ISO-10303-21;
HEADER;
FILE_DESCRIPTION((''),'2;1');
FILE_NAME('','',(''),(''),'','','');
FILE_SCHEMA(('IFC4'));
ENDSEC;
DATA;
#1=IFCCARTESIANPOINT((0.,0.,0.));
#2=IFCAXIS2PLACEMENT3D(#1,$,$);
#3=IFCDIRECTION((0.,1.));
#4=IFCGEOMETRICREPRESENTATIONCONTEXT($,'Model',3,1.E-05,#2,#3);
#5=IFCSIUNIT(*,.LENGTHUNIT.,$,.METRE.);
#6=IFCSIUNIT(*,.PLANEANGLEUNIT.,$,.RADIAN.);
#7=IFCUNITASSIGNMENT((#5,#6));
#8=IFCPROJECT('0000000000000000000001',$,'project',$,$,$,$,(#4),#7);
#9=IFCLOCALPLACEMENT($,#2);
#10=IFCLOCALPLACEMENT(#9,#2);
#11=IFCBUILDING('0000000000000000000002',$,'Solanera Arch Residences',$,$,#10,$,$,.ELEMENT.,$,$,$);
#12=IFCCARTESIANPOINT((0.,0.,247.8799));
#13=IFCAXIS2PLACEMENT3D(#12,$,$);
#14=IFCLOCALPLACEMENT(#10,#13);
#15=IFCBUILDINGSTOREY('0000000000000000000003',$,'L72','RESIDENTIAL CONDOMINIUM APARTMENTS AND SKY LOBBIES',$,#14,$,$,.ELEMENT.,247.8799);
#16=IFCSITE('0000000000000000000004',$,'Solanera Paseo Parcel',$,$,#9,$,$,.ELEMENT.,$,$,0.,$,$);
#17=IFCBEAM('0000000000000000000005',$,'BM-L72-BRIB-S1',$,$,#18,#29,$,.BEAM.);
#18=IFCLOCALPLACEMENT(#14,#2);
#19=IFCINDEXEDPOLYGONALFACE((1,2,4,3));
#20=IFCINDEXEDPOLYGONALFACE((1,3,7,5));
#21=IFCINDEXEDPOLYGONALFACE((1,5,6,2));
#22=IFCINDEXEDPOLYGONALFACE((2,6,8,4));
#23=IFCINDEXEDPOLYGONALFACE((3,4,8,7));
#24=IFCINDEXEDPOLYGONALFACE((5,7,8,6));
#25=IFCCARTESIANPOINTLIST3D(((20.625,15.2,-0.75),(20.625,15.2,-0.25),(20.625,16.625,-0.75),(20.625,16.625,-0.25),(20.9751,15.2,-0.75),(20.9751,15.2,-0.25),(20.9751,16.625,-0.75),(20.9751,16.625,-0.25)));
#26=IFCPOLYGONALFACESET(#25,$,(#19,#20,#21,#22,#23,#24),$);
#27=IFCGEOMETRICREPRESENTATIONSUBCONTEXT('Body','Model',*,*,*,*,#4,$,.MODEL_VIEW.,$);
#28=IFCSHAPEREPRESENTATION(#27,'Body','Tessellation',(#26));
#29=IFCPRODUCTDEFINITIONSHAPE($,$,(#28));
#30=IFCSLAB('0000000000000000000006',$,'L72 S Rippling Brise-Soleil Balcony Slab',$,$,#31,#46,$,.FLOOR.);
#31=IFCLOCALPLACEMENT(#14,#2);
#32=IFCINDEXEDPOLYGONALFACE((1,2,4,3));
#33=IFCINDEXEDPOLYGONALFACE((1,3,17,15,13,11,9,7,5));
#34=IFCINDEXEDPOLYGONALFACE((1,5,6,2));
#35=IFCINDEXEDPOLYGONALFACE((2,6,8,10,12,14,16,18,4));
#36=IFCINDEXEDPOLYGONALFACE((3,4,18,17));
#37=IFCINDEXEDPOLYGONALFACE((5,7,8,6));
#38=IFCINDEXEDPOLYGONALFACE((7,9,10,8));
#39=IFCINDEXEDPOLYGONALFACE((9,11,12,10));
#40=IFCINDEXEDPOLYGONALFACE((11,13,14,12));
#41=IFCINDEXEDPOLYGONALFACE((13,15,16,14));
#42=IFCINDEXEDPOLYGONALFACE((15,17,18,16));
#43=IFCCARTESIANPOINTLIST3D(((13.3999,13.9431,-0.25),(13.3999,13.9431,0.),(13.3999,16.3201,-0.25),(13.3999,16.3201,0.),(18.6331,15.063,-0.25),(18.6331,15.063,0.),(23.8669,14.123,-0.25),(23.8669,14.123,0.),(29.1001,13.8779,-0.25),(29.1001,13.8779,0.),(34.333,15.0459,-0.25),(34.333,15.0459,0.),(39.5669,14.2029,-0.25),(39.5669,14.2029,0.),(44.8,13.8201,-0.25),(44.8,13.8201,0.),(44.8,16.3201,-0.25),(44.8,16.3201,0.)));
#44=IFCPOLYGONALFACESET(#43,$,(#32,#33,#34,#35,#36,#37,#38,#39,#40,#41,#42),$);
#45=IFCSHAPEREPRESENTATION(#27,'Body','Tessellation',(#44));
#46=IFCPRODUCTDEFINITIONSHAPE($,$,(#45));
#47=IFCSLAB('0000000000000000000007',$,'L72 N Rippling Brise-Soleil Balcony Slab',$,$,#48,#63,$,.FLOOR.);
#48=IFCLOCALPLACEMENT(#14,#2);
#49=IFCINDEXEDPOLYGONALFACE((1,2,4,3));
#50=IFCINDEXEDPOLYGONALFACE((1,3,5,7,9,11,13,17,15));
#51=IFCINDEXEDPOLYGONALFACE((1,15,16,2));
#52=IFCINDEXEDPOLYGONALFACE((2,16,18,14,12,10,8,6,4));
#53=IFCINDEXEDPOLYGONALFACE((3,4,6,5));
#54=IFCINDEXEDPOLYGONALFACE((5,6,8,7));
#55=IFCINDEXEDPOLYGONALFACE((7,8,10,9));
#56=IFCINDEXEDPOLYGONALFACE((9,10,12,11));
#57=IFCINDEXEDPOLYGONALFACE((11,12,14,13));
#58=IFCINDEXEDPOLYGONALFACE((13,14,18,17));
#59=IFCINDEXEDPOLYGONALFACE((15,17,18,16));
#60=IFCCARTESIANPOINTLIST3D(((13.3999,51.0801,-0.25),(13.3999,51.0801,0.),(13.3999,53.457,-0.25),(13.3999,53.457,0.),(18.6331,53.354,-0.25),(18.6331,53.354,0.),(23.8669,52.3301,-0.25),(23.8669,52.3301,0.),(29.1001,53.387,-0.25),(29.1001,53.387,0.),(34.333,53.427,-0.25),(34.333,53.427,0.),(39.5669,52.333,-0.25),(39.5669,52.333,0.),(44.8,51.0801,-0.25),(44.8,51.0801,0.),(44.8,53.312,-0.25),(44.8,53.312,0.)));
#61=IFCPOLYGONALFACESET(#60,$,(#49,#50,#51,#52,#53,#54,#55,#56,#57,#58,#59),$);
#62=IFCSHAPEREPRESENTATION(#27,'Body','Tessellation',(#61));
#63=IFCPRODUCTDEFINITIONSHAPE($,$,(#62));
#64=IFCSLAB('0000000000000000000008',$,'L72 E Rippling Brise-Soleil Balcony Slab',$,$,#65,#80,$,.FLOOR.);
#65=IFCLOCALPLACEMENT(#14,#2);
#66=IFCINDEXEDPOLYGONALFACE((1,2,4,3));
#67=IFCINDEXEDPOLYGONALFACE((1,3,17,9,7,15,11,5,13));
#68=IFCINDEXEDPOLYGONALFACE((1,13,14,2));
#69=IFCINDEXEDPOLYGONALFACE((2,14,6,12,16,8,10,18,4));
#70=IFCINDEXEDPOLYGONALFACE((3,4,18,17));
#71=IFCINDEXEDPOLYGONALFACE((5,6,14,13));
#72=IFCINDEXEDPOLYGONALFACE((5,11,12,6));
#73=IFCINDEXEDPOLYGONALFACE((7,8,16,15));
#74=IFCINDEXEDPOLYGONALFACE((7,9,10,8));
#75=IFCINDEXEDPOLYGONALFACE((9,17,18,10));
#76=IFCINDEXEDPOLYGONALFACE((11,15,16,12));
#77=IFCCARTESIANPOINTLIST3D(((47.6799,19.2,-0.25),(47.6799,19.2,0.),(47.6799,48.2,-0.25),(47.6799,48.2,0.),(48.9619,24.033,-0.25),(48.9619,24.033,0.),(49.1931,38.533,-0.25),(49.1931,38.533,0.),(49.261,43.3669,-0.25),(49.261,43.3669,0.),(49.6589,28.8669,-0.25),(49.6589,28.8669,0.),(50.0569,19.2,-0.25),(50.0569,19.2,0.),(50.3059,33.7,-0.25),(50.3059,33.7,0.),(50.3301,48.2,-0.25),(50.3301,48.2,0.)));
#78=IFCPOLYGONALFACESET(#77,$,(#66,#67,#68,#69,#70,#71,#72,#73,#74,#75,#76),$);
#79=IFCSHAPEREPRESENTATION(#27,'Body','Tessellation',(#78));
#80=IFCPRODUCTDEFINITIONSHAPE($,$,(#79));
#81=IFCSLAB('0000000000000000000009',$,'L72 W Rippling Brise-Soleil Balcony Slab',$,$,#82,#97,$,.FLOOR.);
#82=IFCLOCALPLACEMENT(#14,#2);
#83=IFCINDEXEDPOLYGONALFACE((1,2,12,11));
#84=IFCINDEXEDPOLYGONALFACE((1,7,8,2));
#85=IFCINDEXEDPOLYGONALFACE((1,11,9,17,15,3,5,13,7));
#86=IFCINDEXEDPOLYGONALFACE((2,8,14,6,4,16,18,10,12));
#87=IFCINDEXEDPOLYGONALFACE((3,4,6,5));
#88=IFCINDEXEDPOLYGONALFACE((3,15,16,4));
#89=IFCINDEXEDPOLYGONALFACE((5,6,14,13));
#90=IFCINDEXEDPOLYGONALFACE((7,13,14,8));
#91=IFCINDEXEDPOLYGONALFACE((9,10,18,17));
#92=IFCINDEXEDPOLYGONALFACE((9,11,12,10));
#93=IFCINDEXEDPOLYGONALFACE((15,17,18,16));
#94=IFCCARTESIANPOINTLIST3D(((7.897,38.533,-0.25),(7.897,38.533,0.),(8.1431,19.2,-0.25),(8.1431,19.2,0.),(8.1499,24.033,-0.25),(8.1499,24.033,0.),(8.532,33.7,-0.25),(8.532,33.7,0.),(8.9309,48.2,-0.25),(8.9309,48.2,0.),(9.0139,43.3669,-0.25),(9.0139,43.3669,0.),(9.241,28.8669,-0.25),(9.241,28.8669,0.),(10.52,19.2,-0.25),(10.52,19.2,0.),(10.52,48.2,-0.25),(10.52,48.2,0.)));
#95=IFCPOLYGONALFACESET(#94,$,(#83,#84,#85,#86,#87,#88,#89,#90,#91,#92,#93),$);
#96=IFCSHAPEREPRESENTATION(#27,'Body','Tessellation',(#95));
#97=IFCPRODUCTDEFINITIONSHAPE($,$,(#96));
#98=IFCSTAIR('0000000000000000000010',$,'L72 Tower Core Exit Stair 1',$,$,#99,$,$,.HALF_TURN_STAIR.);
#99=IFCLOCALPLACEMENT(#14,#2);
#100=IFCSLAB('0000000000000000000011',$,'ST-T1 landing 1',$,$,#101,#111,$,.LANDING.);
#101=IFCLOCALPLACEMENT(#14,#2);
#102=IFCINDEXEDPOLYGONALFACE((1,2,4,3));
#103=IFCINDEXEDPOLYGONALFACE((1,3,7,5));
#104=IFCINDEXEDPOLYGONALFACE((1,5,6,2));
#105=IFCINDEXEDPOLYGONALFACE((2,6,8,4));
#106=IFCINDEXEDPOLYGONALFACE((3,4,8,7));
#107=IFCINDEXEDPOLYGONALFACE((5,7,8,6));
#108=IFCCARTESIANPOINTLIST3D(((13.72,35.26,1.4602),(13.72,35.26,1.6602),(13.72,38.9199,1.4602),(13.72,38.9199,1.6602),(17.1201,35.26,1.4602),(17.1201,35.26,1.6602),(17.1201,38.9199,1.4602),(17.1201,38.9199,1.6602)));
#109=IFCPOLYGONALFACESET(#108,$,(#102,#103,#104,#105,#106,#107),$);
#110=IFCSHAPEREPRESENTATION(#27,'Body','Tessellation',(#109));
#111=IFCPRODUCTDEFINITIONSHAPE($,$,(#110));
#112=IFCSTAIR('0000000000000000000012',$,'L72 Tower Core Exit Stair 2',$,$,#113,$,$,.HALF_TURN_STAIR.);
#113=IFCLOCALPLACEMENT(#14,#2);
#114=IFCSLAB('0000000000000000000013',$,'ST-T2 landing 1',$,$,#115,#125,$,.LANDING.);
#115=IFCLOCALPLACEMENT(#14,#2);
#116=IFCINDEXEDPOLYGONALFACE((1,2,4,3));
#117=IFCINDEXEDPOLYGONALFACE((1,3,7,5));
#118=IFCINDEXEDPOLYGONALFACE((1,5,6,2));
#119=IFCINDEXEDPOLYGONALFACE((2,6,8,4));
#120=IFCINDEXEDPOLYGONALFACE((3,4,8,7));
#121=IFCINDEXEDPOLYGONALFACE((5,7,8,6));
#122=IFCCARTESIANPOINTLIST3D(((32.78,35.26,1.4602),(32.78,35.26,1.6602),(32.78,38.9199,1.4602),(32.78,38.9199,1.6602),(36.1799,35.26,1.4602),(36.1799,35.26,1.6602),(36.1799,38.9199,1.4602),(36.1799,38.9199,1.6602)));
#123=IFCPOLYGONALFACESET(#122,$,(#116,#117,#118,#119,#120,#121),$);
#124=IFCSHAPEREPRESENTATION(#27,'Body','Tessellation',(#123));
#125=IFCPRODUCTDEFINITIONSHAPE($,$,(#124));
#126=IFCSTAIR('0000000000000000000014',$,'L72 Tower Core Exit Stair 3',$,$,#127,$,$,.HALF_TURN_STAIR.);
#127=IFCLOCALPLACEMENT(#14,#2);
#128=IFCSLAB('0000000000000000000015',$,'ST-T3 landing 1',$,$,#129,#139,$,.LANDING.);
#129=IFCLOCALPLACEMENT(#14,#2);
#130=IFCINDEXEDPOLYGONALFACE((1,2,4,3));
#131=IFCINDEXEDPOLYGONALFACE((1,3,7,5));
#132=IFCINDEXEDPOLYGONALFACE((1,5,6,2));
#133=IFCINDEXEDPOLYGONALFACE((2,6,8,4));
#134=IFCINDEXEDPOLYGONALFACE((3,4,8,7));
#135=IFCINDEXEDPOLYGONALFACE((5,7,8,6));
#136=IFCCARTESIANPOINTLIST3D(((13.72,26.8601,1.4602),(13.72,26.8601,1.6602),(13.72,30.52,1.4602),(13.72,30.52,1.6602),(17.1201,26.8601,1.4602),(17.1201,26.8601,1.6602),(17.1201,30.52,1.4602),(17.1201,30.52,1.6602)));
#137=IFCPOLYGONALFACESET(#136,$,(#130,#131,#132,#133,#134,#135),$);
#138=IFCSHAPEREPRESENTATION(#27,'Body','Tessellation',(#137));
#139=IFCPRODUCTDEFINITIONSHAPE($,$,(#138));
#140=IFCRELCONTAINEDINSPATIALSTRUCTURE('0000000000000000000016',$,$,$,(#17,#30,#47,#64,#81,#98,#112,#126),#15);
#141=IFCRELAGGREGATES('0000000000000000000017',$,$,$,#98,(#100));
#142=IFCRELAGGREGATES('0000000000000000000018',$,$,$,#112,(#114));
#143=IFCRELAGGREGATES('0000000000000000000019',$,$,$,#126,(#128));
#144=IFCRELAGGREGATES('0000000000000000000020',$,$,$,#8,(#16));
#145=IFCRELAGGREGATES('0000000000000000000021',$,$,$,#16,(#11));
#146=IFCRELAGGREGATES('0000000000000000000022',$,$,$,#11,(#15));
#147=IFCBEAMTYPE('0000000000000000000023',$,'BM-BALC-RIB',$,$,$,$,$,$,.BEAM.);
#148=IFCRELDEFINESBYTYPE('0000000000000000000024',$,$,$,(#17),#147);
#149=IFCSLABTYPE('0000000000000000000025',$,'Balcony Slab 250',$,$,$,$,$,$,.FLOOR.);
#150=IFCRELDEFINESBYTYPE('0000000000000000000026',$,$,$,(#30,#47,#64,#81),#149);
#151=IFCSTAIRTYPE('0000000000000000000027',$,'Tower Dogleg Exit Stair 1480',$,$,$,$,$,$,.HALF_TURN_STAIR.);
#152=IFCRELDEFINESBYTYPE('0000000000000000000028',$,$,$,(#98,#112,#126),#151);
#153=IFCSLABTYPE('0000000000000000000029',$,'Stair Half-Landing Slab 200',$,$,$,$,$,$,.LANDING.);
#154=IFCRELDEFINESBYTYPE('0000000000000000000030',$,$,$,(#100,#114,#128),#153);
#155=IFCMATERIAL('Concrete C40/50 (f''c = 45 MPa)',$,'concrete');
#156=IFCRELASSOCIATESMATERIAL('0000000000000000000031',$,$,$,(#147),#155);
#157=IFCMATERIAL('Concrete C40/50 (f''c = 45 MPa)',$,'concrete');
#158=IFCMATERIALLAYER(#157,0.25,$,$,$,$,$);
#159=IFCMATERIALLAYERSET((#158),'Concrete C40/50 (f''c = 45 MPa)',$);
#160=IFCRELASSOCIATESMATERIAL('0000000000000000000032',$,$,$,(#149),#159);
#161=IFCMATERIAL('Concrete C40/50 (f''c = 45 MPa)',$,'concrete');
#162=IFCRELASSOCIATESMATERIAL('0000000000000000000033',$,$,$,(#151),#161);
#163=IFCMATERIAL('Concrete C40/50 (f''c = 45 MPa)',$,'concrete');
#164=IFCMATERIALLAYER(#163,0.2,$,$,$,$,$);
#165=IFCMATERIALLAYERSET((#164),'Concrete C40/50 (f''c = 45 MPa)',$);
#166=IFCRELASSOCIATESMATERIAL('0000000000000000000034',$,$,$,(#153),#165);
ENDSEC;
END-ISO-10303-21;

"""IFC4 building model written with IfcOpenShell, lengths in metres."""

from ifc_helpers import new_model, si_unit, direction, frame, origin, origin_2d, place, context, subcontext, project, spatial, polyline, rectangle, outline, extrude, material, layer, layer_set, material_profile, profile_set, type_object, element, aggregate, save


model = new_model("IFC4")

# Units and contexts
model_context = context("Model", 3, precision=1e-05, world=origin(), true_north=direction((0.0, 1.0)))
body_context = subcontext(model_context, "Body", "Model", "MODEL_VIEW")
ifc_project = project(units=[si_unit("LENGTHUNIT", "METRE"), si_unit("PLANEANGLEUNIT", "RADIAN")], contexts=[model_context])

# Site, building, storey
site_placement = place(None, origin())
site = spatial("IfcSite", under=ifc_project, at=site_placement, Name="Solanera Paseo Parcel", CompositionType="ELEMENT", RefElevation=0.0)
building_placement = place(site_placement, origin())
building = spatial("IfcBuilding", under=site, at=building_placement, Name="Solanera Arch Residences", CompositionType="ELEMENT")
storey_placement = place(building_placement, frame((0.0, 0.0, 247.8799)))
storey = spatial("IfcBuildingStorey", under=building, at=storey_placement, Name="L72", Description="RESIDENTIAL CONDOMINIUM APARTMENTS AND SKY LOBBIES", CompositionType="ELEMENT", Elevation=247.8799)

# Beam
ifc_material_1 = material(Name="Concrete C40/50 (f'c = 45 MPa)", Category="concrete")
ifc_material_profile = material_profile(ifc_material_1, rectangle(XDim=0.3501, YDim=0.5, at=origin_2d()))
ifc_profile_set = profile_set([ifc_material_profile], Name="Concrete C40/50 (f'c = 45 MPa)")
beam_type = type_object("IfcBeamType", Name="BM-BALC-RIB", PredefinedType="BEAM", material=ifc_profile_set)
beam_placement = place(storey_placement, frame((20.8, 15.2, -0.5), z_axis=(0.0, 1.0, 0.0), x_axis=(-1.0, 0.0, 0.0)))
element("IfcBeam", 1, at=beam_placement, inside=storey, type_object=beam_type, Name="BM-L72-BRIB-S1", PredefinedType="BEAM", context=body_context, shape_type="SweptSolid", body=[
    extrude(rectangle(XDim=0.3501, YDim=0.5, at=origin_2d()), origin(), (0.0, 0.0, 1.0), 1.425),
])

# Slabs
ifc_material_2 = material(Name="Concrete C40/50 (f'c = 45 MPa)", Category="concrete")
ifc_layer_1 = layer(ifc_material_2, 0.25)
ifc_layer_set_1 = layer_set([ifc_layer_1], Name="Concrete C40/50 (f'c = 45 MPa)")
slab_type_1 = type_object("IfcSlabType", Name="Balcony Slab 250", PredefinedType="FLOOR", material=ifc_layer_set_1)
slab_1_placement = place(storey_placement, frame((0.0, 0.0, -0.25)))
element("IfcSlab", 2, at=slab_1_placement, inside=storey, type_object=slab_type_1, Name="L72 S Rippling Brise-Soleil Balcony Slab", PredefinedType="FLOOR", context=body_context, shape_type="SweptSolid", body=[
    extrude(outline(polyline([(13.3999, 13.9431), (18.6331, 15.063), (23.8669, 14.123), (29.1001, 13.8779), (34.333, 15.0459), (39.5669, 14.2029), (44.8, 13.8201), (44.8, 16.3201), (13.3999, 16.3201), (13.3999, 13.9431)])), origin(), (0.0, 0.0, 1.0), 0.25),
])
slab_2_placement = place(storey_placement, frame((0.0, 0.0, -0.25)))
element("IfcSlab", 3, at=slab_2_placement, inside=storey, type_object=slab_type_1, Name="L72 N Rippling Brise-Soleil Balcony Slab", PredefinedType="FLOOR", context=body_context, shape_type="SweptSolid", body=[
    extrude(outline(polyline([(44.8, 53.312), (39.5669, 52.333), (34.333, 53.427), (29.1001, 53.387), (23.8669, 52.3301), (18.6331, 53.354), (13.3999, 53.457), (13.3999, 51.0801), (44.8, 51.0801), (44.8, 53.312)])), origin(), (0.0, 0.0, 1.0), 0.25),
])
slab_3_placement = place(storey_placement, frame((0.0, 0.0, -0.25)))
element("IfcSlab", 4, at=slab_3_placement, inside=storey, type_object=slab_type_1, Name="L72 E Rippling Brise-Soleil Balcony Slab", PredefinedType="FLOOR", context=body_context, shape_type="SweptSolid", body=[
    extrude(outline(polyline([(50.0569, 19.2), (48.9619, 24.033), (49.6589, 28.8669), (50.3059, 33.7), (49.1931, 38.533), (49.261, 43.3669), (50.3301, 48.2), (47.6799, 48.2), (47.6799, 19.2), (50.0569, 19.2)])), origin(), (0.0, 0.0, 1.0), 0.25),
])
slab_4_placement = place(storey_placement, frame((0.0, 0.0, -0.25)))
element("IfcSlab", 5, at=slab_4_placement, inside=storey, type_object=slab_type_1, Name="L72 W Rippling Brise-Soleil Balcony Slab", PredefinedType="FLOOR", context=body_context, shape_type="SweptSolid", body=[
    extrude(outline(polyline([(8.9309, 48.2), (9.0139, 43.3669), (7.897, 38.533), (8.532, 33.7), (9.241, 28.8669), (8.1499, 24.033), (8.1431, 19.2), (10.52, 19.2), (10.52, 48.2), (8.9309, 48.2)])), origin(), (0.0, 0.0, 1.0), 0.25),
])

# Stairs, slabs
ifc_material_3 = material(Name="Concrete C40/50 (f'c = 45 MPa)", Category="concrete")
stair_type = type_object("IfcStairType", Name="Tower Dogleg Exit Stair 1480", PredefinedType="HALF_TURN_STAIR", material=ifc_material_3)
stair_1_placement = place(storey_placement, origin())
stair_1 = element("IfcStair", 6, at=stair_1_placement, inside=storey, type_object=stair_type, Name="L72 Tower Core Exit Stair 1", PredefinedType="HALF_TURN_STAIR")
ifc_material_4 = material(Name="Concrete C40/50 (f'c = 45 MPa)", Category="concrete")
ifc_layer_2 = layer(ifc_material_4, 0.2)
ifc_layer_set_2 = layer_set([ifc_layer_2], Name="Concrete C40/50 (f'c = 45 MPa)")
slab_type_2 = type_object("IfcSlabType", Name="Stair Half-Landing Slab 200", PredefinedType="LANDING", material=ifc_layer_set_2)
slab_5_placement = place(storey_placement, frame((0.0, 0.0, 1.4602)))
slab_5 = element("IfcSlab", 7, at=slab_5_placement, type_object=slab_type_2, Name="ST-T1 landing 1", PredefinedType="LANDING", context=body_context, shape_type="SweptSolid", body=[
    extrude(outline(polyline([(17.1201, 35.26), (17.1201, 38.9199), (13.72, 38.9199), (13.72, 35.26), (17.1201, 35.26)])), origin(), (0.0, 0.0, 1.0), 0.2),
])
aggregate(stair_1, [slab_5])
stair_2_placement = place(storey_placement, origin())
stair_2 = element("IfcStair", 8, at=stair_2_placement, inside=storey, type_object=stair_type, Name="L72 Tower Core Exit Stair 2", PredefinedType="HALF_TURN_STAIR")
slab_6_placement = place(storey_placement, frame((0.0, 0.0, 1.4602)))
slab_6 = element("IfcSlab", 9, at=slab_6_placement, type_object=slab_type_2, Name="ST-T2 landing 1", PredefinedType="LANDING", context=body_context, shape_type="SweptSolid", body=[
    extrude(outline(polyline([(36.1799, 35.26), (36.1799, 38.9199), (32.78, 38.9199), (32.78, 35.26), (36.1799, 35.26)])), origin(), (0.0, 0.0, 1.0), 0.2),
])
aggregate(stair_2, [slab_6])
stair_3_placement = place(storey_placement, origin())
stair_3 = element("IfcStair", 10, at=stair_3_placement, inside=storey, type_object=stair_type, Name="L72 Tower Core Exit Stair 3", PredefinedType="HALF_TURN_STAIR")
slab_7_placement = place(storey_placement, frame((0.0, 0.0, 1.4602)))
slab_7 = element("IfcSlab", 11, at=slab_7_placement, type_object=slab_type_2, Name="ST-T3 landing 1", PredefinedType="LANDING", context=body_context, shape_type="SweptSolid", body=[
    extrude(outline(polyline([(17.1201, 26.8601), (17.1201, 30.52), (13.72, 30.52), (13.72, 26.8601), (17.1201, 26.8601)])), origin(), (0.0, 0.0, 1.0), 0.2),
])
aggregate(stair_3, [slab_7])

save(model, "model.ifc")
